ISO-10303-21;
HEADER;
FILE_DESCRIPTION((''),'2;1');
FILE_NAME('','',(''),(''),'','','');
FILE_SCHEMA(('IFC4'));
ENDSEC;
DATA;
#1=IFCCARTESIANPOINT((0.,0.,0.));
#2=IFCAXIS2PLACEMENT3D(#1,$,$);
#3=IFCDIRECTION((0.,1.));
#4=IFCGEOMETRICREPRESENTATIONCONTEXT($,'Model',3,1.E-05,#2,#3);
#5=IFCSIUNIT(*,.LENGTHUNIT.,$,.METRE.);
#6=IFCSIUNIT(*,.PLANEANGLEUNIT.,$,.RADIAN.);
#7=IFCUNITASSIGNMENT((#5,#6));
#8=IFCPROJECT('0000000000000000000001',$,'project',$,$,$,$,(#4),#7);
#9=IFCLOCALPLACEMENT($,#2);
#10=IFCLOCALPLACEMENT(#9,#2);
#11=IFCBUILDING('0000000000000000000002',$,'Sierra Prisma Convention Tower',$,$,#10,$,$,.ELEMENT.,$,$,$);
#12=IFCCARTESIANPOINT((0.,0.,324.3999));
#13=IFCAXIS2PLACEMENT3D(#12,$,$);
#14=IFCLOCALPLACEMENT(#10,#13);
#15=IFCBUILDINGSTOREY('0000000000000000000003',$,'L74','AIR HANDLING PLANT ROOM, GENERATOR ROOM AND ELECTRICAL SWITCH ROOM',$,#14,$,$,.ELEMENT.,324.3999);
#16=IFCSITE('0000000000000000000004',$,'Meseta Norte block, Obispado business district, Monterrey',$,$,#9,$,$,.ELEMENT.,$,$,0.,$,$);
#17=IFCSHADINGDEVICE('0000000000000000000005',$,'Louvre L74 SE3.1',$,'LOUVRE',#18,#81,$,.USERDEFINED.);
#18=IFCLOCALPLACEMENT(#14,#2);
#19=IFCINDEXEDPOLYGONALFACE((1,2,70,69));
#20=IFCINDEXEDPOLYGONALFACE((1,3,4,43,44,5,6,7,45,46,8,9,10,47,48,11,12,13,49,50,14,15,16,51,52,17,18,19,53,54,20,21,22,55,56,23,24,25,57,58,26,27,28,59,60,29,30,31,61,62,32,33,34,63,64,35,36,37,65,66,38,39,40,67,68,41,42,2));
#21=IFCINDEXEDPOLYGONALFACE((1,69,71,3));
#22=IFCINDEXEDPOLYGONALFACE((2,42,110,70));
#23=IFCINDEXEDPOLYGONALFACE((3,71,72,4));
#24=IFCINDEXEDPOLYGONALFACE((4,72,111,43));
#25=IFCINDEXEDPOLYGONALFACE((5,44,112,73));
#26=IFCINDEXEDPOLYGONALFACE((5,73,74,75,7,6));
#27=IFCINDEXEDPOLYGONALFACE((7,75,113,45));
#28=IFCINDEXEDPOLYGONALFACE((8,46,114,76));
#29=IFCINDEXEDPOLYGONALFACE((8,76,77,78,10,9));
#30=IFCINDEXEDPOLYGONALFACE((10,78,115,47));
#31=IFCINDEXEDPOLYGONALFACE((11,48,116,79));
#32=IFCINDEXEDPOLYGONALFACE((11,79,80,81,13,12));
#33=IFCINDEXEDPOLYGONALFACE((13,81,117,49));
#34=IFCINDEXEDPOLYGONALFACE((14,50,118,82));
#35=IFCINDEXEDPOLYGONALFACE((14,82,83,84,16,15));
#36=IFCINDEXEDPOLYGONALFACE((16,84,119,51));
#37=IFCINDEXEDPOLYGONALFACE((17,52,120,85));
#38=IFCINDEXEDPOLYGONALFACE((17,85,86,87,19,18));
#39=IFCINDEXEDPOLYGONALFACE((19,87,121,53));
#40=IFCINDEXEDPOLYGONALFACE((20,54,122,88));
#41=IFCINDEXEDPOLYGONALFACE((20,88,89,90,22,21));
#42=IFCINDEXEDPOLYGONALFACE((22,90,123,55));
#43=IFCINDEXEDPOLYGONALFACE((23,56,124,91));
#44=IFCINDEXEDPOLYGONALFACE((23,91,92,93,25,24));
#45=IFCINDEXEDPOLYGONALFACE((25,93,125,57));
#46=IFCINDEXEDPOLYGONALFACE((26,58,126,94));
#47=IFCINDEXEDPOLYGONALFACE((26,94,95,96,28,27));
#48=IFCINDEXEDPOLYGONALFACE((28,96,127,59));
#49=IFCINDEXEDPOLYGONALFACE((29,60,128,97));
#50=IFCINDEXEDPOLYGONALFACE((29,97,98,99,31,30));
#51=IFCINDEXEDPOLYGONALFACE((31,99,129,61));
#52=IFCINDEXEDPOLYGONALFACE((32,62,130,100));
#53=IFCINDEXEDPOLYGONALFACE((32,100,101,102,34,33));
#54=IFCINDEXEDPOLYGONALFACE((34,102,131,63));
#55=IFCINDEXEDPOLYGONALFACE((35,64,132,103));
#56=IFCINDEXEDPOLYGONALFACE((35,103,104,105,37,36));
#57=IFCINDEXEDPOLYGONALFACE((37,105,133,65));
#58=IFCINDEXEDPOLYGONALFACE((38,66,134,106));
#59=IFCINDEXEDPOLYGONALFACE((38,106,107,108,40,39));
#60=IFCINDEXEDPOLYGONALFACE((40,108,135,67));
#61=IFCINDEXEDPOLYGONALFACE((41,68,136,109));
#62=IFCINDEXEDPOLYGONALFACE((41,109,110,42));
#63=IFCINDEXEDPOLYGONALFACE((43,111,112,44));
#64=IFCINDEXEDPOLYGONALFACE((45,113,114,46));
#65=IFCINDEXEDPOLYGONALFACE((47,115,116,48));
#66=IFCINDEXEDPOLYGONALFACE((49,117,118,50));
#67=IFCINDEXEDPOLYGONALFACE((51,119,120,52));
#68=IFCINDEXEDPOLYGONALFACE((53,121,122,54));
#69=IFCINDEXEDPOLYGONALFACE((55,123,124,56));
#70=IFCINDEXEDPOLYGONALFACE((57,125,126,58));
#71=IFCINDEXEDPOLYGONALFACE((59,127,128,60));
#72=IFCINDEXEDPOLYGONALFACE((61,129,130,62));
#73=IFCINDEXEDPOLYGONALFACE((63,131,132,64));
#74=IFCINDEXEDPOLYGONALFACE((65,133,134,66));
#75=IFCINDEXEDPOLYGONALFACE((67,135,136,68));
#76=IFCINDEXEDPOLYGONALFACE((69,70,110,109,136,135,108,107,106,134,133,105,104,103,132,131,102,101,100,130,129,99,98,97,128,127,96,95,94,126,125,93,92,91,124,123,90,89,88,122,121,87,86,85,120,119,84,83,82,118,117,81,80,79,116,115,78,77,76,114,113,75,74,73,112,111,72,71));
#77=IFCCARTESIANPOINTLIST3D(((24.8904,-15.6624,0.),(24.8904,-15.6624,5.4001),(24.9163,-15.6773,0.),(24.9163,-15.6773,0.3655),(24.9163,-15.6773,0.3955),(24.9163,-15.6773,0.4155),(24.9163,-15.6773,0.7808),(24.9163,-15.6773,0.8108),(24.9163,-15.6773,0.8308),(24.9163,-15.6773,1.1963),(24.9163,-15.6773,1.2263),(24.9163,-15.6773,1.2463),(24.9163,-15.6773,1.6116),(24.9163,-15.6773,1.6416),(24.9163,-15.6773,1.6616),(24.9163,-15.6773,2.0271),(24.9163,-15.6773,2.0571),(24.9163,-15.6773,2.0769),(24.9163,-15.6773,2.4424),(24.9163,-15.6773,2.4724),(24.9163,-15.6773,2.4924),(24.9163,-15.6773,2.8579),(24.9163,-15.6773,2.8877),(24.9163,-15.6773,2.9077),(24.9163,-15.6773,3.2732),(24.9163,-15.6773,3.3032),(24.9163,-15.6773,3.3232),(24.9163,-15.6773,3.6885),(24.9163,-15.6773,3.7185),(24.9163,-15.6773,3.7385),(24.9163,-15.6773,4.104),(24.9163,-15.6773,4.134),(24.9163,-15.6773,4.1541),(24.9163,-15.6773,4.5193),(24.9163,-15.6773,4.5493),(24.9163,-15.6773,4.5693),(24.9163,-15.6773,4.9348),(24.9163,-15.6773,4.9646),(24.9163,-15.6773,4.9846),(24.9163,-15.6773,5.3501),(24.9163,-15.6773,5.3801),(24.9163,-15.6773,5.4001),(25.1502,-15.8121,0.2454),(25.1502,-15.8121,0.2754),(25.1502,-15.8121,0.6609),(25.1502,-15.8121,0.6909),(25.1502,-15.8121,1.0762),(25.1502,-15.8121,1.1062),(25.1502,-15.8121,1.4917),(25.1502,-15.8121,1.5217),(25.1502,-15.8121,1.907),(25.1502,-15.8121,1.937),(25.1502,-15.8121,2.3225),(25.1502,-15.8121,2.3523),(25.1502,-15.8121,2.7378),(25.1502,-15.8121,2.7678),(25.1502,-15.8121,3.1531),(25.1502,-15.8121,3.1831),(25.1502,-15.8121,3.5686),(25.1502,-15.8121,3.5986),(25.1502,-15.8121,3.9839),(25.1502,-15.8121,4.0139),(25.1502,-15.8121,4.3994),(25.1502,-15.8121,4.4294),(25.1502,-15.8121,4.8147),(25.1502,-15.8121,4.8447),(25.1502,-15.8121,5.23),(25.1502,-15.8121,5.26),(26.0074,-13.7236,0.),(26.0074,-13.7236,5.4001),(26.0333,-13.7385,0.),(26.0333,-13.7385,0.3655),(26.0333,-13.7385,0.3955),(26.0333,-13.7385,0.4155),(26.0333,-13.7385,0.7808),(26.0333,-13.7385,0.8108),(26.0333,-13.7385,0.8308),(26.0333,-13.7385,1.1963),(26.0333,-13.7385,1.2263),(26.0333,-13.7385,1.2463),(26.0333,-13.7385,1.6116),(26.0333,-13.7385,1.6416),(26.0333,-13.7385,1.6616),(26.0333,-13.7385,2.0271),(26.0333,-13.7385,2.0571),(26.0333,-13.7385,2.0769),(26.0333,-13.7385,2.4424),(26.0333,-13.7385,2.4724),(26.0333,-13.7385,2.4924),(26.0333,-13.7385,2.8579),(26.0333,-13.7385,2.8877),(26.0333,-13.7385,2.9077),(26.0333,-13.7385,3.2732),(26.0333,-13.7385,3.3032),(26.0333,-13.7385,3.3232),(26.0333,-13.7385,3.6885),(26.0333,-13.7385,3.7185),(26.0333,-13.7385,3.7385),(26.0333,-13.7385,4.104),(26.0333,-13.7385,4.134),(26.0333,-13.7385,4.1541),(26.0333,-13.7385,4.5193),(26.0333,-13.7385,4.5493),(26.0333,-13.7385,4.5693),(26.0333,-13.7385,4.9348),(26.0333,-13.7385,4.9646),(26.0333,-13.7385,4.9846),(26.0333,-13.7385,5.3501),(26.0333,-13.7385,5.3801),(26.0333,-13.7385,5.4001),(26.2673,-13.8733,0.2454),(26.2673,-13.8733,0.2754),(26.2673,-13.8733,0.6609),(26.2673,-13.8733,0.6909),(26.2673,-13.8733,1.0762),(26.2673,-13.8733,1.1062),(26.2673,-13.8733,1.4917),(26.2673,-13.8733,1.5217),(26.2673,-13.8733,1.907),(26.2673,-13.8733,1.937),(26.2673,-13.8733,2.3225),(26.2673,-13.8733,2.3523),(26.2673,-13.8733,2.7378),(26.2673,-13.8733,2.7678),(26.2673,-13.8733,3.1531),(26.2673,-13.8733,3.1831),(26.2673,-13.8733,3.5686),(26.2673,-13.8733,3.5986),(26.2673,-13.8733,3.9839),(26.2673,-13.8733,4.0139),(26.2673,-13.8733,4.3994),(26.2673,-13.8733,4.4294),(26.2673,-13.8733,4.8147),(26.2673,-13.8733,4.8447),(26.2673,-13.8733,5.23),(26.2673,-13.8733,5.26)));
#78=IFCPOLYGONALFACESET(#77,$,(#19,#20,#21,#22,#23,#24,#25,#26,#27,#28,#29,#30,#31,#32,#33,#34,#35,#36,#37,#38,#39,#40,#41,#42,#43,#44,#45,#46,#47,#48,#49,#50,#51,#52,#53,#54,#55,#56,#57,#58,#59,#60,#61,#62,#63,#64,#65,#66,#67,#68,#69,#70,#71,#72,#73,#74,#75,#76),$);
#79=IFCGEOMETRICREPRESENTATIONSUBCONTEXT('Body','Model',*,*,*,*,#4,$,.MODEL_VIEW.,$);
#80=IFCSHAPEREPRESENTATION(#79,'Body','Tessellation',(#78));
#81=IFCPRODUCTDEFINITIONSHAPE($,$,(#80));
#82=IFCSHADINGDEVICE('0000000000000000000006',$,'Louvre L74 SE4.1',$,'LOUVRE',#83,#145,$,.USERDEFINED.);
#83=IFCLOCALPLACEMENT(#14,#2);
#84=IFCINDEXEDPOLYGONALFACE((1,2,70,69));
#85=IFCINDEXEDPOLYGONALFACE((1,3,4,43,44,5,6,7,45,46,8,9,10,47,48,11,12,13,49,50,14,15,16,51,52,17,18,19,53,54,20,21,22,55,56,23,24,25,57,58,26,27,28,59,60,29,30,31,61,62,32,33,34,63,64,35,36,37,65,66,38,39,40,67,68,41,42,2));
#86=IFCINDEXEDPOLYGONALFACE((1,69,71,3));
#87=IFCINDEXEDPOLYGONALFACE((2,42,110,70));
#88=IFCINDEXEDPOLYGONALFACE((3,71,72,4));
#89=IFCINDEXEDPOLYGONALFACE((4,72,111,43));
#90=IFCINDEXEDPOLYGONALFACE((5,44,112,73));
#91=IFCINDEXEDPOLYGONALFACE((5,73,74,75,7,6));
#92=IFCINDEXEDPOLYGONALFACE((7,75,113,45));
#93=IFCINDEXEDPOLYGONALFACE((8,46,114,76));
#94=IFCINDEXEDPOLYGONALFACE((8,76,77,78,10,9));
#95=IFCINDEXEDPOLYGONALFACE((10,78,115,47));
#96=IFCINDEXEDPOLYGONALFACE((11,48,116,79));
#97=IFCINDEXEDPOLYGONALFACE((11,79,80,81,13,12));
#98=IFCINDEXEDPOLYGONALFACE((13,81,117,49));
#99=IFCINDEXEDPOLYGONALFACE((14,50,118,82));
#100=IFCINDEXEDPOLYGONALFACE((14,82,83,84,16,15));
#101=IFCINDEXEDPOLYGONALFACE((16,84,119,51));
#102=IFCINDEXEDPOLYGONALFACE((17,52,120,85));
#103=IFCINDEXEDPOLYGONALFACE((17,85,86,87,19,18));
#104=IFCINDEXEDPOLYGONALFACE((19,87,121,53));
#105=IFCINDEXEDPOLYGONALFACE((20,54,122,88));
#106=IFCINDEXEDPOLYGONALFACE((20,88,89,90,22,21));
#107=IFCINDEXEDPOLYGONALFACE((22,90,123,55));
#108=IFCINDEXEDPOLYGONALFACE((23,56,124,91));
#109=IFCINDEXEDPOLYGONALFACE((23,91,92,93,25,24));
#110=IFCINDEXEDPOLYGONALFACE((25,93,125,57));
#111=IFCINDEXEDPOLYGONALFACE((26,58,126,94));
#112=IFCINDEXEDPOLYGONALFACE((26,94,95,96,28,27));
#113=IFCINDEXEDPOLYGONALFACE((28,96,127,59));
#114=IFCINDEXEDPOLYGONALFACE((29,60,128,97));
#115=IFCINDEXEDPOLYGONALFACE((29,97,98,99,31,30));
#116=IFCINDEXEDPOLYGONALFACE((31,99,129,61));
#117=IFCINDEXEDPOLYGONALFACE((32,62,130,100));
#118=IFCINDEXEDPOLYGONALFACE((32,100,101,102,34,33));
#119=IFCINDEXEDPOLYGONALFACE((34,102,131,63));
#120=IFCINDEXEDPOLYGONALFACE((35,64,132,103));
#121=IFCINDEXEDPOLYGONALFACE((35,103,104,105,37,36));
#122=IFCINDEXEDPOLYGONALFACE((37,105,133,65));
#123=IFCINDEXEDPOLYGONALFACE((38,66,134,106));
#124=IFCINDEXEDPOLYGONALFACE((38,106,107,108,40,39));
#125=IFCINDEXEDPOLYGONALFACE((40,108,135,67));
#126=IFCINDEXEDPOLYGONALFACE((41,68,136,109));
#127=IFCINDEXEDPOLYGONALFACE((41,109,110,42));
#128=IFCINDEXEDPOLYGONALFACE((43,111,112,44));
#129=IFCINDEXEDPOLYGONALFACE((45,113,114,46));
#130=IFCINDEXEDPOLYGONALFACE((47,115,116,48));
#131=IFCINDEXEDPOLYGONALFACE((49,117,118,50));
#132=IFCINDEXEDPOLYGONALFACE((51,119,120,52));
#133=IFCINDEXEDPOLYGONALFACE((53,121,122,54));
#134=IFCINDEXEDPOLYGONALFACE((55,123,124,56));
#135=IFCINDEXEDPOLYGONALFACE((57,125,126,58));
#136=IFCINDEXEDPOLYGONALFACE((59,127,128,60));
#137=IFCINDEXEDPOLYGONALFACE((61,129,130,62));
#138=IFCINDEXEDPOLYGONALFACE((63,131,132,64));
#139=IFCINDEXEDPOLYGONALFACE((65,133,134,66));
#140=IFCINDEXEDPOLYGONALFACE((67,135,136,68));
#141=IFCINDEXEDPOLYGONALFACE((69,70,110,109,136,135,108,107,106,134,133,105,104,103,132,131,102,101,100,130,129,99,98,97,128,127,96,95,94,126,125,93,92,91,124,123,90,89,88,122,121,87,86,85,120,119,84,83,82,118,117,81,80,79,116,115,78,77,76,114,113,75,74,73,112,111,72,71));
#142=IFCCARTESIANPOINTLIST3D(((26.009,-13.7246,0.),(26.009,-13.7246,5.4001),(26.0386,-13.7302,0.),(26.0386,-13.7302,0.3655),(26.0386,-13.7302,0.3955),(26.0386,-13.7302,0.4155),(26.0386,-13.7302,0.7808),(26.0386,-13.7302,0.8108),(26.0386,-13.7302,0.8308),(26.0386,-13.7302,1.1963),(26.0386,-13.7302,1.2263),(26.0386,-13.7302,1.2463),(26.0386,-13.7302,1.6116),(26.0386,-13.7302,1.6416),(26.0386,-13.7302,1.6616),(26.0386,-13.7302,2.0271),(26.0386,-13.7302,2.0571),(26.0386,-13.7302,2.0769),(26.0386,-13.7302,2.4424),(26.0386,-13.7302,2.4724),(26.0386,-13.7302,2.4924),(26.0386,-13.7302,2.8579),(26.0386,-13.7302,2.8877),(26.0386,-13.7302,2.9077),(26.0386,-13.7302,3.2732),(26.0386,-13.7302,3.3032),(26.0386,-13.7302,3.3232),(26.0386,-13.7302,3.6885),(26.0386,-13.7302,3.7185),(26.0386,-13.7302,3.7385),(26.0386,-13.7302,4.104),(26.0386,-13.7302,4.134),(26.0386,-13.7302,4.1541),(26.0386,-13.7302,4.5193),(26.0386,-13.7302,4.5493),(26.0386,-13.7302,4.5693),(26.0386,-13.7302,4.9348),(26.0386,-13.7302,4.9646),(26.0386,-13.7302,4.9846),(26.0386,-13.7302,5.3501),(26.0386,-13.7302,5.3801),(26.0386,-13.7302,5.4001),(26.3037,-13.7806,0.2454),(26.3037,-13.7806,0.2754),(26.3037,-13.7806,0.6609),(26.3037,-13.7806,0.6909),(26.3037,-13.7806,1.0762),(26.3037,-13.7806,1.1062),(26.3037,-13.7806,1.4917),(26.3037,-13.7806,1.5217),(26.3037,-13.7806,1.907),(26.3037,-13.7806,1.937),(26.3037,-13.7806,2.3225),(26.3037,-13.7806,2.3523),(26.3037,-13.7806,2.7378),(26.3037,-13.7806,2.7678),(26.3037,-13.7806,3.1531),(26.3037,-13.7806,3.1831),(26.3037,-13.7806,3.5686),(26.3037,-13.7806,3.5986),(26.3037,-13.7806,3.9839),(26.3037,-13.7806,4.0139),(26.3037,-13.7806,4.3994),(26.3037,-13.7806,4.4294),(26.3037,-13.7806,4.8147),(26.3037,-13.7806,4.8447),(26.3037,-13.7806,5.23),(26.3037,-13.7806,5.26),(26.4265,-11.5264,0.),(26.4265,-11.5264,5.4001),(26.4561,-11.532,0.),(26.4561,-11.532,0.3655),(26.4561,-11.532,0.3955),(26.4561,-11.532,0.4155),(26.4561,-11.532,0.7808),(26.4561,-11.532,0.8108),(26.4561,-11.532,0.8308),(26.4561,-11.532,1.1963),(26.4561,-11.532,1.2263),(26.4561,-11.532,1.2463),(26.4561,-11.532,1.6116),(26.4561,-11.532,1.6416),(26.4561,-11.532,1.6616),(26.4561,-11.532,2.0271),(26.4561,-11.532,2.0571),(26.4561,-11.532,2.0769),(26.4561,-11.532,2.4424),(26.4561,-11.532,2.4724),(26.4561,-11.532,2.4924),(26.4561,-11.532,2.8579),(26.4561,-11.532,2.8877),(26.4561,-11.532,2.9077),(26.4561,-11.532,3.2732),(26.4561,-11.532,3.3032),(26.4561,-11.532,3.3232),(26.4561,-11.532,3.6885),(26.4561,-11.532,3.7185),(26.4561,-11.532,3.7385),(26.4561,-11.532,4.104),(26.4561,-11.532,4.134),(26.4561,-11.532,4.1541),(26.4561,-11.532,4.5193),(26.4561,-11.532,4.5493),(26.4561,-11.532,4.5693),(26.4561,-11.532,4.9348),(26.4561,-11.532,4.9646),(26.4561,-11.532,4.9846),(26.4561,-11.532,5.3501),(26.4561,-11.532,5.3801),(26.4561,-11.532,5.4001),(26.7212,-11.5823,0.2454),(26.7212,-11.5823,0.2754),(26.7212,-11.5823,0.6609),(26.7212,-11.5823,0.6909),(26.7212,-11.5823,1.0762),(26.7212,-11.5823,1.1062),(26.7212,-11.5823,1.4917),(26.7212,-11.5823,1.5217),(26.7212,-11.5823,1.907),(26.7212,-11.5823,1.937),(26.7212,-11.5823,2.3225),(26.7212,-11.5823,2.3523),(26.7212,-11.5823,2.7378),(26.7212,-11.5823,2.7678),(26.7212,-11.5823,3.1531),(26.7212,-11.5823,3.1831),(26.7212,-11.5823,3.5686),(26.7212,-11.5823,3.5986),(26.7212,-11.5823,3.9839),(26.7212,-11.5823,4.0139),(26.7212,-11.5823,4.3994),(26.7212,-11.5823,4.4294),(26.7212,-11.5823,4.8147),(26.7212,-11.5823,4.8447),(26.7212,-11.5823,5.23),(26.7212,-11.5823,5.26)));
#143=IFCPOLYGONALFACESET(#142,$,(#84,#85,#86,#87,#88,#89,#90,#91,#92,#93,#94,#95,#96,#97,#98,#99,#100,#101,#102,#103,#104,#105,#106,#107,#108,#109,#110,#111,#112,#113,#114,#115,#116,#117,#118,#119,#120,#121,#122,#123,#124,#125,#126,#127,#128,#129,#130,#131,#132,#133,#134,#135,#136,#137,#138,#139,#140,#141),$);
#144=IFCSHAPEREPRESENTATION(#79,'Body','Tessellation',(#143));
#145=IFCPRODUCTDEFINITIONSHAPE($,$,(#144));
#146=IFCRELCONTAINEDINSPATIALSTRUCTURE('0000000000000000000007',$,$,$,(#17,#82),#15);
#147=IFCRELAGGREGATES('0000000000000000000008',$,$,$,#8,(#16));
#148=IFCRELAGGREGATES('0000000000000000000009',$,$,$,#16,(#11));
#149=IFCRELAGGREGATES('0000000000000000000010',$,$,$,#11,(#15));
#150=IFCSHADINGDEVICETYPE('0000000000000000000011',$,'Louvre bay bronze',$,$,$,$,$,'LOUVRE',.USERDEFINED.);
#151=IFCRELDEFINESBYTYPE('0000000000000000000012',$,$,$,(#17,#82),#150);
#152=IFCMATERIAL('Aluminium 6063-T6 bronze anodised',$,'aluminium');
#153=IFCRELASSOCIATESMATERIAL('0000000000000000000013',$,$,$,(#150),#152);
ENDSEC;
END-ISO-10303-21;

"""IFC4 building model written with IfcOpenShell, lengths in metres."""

from ifc_helpers import new_model, si_unit, direction, frame, origin, place, context, subcontext, project, spatial, polyline, outline, extrude, material, type_object, element, save


model = new_model("IFC4")

# Units and contexts
model_context = context("Model", 3, precision=1e-05, world=origin(), true_north=direction((0.0, 1.0)))
body_context = subcontext(model_context, "Body", "Model", "MODEL_VIEW")
ifc_project = project(units=[si_unit("LENGTHUNIT", "METRE"), si_unit("PLANEANGLEUNIT", "RADIAN")], contexts=[model_context])

# Site, building, storey
site_placement = place(None, origin())
site = spatial("IfcSite", under=ifc_project, at=site_placement, Name="Meseta Norte block, Obispado business district, Monterrey", CompositionType="ELEMENT", RefElevation=0.0)
building_placement = place(site_placement, origin())
building = spatial("IfcBuilding", under=site, at=building_placement, Name="Sierra Prisma Convention Tower", CompositionType="ELEMENT")
storey_placement = place(building_placement, frame((0.0, 0.0, 324.3999)))
storey = spatial("IfcBuildingStorey", under=building, at=storey_placement, Name="L74", Description="AIR HANDLING PLANT ROOM, GENERATOR ROOM AND ELECTRICAL SWITCH ROOM", CompositionType="ELEMENT", Elevation=324.3999)

# Shading devices
ifc_material_1 = material(Name="Aluminium 6063-T6 bronze anodised", Category="aluminium")
shading_device_type = type_object("IfcShadingDeviceType", Name="Louvre bay bronze", ElementType="LOUVRE", PredefinedType="USERDEFINED", material=ifc_material_1)
shading_device_1_placement = place(storey_placement, frame((24.8904, -15.6624, 0.0), z_axis=(-0.499234, -0.866467, 0.0), x_axis=(0.0, 0.0, 1.0)))
element("IfcShadingDevice", 1, at=shading_device_1_placement, inside=storey, type_object=shading_device_type, Name="Louvre L74 SE3.1", ObjectType="LOUVRE", PredefinedType="USERDEFINED", context=body_context, shape_type="SweptSolid", body=[
    extrude(outline(polyline([(0.0, 0.0), (5.4001, 0.0), (5.4001, -0.0299), (5.3801, -0.0299), (5.26, -0.2999), (5.23, -0.2999), (5.3501, -0.0299), (4.9846, -0.0299), (4.9646, -0.0299), (4.8447, -0.2999), (4.8147, -0.2999), (4.9348, -0.0299), (4.5693, -0.0299), (4.5493, -0.0299), (4.4294, -0.2999), (4.3994, -0.2999), (4.5193, -0.0299), (4.1541, -0.0299), (4.134, -0.0299), (4.0139, -0.2999), (3.9839, -0.2999), (4.104, -0.0299), (3.7385, -0.0299), (3.7185, -0.0299), (3.5986, -0.2999), (3.5686, -0.2999), (3.6885, -0.0299), (3.3232, -0.0299), (3.3032, -0.0299), (3.1831, -0.2999), (3.1531, -0.2999), (3.2732, -0.0299), (2.9077, -0.0299), (2.8877, -0.0299), (2.7678, -0.2999), (2.7378, -0.2999), (2.8579, -0.0299), (2.4924, -0.0299), (2.4724, -0.0299), (2.3523, -0.2999), (2.3225, -0.2999), (2.4424, -0.0299), (2.0769, -0.0299), (2.0571, -0.0299), (1.937, -0.2999), (1.907, -0.2999), (2.0271, -0.0299), (1.6616, -0.0299), (1.6416, -0.0299), (1.5217, -0.2999), (1.4917, -0.2999), (1.6116, -0.0299), (1.2463, -0.0299), (1.2263, -0.0299), (1.1062, -0.2999), (1.0762, -0.2999), (1.1963, -0.0299), (0.8308, -0.0299), (0.8108, -0.0299), (0.6909, -0.2999), (0.6609, -0.2999), (0.7808, -0.0299), (0.4155, -0.0299), (0.3955, -0.0299), (0.2754, -0.2999), (0.2454, -0.2999), (0.3655, -0.0299), (0.0, -0.0299), (0.0, 0.0)])), origin(), (0.0, 0.0, -1.0), 2.2375),
])
shading_device_2_placement = place(storey_placement, frame((26.009, -13.7246, 0.0), z_axis=(-0.186591, -0.982438, 0.0), x_axis=(0.0, 0.0, 1.0)))
element("IfcShadingDevice", 2, at=shading_device_2_placement, inside=storey, type_object=shading_device_type, Name="Louvre L74 SE4.1", ObjectType="LOUVRE", PredefinedType="USERDEFINED", context=body_context, shape_type="SweptSolid", body=[
    extrude(outline(polyline([(0.0, 0.0), (5.4001, 0.0), (5.4001, -0.0301), (5.3801, -0.0301), (5.26, -0.2999), (5.23, -0.2999), (5.3501, -0.0301), (4.9846, -0.0301), (4.9646, -0.0301), (4.8447, -0.2999), (4.8147, -0.2999), (4.9348, -0.0301), (4.5693, -0.0301), (4.5493, -0.0301), (4.4294, -0.2999), (4.3994, -0.2999), (4.5193, -0.0301), (4.1541, -0.0301), (4.134, -0.0301), (4.0139, -0.2999), (3.9839, -0.2999), (4.104, -0.0301), (3.7385, -0.0301), (3.7185, -0.0301), (3.5986, -0.2999), (3.5686, -0.2999), (3.6885, -0.0301), (3.3232, -0.0301), (3.3032, -0.0301), (3.1831, -0.2999), (3.1531, -0.2999), (3.2732, -0.0301), (2.9077, -0.0301), (2.8877, -0.0301), (2.7678, -0.2999), (2.7378, -0.2999), (2.8579, -0.0301), (2.4924, -0.0301), (2.4724, -0.0301), (2.3523, -0.2999), (2.3225, -0.2999), (2.4424, -0.0301), (2.0769, -0.0301), (2.0571, -0.0301), (1.937, -0.2999), (1.907, -0.2999), (2.0271, -0.0301), (1.6616, -0.0301), (1.6416, -0.0301), (1.5217, -0.2999), (1.4917, -0.2999), (1.6116, -0.0301), (1.2463, -0.0301), (1.2263, -0.0301), (1.1062, -0.2999), (1.0762, -0.2999), (1.1963, -0.0301), (0.8308, -0.0301), (0.8108, -0.0301), (0.6909, -0.2999), (0.6609, -0.2999), (0.7808, -0.0301), (0.4155, -0.0301), (0.3955, -0.0301), (0.2754, -0.2999), (0.2454, -0.2999), (0.3655, -0.0301), (0.0, -0.0301), (0.0, 0.0)])), origin(), (0.0, 0.0, -1.0), 2.2375),
])

save(model, "model.ifc")
